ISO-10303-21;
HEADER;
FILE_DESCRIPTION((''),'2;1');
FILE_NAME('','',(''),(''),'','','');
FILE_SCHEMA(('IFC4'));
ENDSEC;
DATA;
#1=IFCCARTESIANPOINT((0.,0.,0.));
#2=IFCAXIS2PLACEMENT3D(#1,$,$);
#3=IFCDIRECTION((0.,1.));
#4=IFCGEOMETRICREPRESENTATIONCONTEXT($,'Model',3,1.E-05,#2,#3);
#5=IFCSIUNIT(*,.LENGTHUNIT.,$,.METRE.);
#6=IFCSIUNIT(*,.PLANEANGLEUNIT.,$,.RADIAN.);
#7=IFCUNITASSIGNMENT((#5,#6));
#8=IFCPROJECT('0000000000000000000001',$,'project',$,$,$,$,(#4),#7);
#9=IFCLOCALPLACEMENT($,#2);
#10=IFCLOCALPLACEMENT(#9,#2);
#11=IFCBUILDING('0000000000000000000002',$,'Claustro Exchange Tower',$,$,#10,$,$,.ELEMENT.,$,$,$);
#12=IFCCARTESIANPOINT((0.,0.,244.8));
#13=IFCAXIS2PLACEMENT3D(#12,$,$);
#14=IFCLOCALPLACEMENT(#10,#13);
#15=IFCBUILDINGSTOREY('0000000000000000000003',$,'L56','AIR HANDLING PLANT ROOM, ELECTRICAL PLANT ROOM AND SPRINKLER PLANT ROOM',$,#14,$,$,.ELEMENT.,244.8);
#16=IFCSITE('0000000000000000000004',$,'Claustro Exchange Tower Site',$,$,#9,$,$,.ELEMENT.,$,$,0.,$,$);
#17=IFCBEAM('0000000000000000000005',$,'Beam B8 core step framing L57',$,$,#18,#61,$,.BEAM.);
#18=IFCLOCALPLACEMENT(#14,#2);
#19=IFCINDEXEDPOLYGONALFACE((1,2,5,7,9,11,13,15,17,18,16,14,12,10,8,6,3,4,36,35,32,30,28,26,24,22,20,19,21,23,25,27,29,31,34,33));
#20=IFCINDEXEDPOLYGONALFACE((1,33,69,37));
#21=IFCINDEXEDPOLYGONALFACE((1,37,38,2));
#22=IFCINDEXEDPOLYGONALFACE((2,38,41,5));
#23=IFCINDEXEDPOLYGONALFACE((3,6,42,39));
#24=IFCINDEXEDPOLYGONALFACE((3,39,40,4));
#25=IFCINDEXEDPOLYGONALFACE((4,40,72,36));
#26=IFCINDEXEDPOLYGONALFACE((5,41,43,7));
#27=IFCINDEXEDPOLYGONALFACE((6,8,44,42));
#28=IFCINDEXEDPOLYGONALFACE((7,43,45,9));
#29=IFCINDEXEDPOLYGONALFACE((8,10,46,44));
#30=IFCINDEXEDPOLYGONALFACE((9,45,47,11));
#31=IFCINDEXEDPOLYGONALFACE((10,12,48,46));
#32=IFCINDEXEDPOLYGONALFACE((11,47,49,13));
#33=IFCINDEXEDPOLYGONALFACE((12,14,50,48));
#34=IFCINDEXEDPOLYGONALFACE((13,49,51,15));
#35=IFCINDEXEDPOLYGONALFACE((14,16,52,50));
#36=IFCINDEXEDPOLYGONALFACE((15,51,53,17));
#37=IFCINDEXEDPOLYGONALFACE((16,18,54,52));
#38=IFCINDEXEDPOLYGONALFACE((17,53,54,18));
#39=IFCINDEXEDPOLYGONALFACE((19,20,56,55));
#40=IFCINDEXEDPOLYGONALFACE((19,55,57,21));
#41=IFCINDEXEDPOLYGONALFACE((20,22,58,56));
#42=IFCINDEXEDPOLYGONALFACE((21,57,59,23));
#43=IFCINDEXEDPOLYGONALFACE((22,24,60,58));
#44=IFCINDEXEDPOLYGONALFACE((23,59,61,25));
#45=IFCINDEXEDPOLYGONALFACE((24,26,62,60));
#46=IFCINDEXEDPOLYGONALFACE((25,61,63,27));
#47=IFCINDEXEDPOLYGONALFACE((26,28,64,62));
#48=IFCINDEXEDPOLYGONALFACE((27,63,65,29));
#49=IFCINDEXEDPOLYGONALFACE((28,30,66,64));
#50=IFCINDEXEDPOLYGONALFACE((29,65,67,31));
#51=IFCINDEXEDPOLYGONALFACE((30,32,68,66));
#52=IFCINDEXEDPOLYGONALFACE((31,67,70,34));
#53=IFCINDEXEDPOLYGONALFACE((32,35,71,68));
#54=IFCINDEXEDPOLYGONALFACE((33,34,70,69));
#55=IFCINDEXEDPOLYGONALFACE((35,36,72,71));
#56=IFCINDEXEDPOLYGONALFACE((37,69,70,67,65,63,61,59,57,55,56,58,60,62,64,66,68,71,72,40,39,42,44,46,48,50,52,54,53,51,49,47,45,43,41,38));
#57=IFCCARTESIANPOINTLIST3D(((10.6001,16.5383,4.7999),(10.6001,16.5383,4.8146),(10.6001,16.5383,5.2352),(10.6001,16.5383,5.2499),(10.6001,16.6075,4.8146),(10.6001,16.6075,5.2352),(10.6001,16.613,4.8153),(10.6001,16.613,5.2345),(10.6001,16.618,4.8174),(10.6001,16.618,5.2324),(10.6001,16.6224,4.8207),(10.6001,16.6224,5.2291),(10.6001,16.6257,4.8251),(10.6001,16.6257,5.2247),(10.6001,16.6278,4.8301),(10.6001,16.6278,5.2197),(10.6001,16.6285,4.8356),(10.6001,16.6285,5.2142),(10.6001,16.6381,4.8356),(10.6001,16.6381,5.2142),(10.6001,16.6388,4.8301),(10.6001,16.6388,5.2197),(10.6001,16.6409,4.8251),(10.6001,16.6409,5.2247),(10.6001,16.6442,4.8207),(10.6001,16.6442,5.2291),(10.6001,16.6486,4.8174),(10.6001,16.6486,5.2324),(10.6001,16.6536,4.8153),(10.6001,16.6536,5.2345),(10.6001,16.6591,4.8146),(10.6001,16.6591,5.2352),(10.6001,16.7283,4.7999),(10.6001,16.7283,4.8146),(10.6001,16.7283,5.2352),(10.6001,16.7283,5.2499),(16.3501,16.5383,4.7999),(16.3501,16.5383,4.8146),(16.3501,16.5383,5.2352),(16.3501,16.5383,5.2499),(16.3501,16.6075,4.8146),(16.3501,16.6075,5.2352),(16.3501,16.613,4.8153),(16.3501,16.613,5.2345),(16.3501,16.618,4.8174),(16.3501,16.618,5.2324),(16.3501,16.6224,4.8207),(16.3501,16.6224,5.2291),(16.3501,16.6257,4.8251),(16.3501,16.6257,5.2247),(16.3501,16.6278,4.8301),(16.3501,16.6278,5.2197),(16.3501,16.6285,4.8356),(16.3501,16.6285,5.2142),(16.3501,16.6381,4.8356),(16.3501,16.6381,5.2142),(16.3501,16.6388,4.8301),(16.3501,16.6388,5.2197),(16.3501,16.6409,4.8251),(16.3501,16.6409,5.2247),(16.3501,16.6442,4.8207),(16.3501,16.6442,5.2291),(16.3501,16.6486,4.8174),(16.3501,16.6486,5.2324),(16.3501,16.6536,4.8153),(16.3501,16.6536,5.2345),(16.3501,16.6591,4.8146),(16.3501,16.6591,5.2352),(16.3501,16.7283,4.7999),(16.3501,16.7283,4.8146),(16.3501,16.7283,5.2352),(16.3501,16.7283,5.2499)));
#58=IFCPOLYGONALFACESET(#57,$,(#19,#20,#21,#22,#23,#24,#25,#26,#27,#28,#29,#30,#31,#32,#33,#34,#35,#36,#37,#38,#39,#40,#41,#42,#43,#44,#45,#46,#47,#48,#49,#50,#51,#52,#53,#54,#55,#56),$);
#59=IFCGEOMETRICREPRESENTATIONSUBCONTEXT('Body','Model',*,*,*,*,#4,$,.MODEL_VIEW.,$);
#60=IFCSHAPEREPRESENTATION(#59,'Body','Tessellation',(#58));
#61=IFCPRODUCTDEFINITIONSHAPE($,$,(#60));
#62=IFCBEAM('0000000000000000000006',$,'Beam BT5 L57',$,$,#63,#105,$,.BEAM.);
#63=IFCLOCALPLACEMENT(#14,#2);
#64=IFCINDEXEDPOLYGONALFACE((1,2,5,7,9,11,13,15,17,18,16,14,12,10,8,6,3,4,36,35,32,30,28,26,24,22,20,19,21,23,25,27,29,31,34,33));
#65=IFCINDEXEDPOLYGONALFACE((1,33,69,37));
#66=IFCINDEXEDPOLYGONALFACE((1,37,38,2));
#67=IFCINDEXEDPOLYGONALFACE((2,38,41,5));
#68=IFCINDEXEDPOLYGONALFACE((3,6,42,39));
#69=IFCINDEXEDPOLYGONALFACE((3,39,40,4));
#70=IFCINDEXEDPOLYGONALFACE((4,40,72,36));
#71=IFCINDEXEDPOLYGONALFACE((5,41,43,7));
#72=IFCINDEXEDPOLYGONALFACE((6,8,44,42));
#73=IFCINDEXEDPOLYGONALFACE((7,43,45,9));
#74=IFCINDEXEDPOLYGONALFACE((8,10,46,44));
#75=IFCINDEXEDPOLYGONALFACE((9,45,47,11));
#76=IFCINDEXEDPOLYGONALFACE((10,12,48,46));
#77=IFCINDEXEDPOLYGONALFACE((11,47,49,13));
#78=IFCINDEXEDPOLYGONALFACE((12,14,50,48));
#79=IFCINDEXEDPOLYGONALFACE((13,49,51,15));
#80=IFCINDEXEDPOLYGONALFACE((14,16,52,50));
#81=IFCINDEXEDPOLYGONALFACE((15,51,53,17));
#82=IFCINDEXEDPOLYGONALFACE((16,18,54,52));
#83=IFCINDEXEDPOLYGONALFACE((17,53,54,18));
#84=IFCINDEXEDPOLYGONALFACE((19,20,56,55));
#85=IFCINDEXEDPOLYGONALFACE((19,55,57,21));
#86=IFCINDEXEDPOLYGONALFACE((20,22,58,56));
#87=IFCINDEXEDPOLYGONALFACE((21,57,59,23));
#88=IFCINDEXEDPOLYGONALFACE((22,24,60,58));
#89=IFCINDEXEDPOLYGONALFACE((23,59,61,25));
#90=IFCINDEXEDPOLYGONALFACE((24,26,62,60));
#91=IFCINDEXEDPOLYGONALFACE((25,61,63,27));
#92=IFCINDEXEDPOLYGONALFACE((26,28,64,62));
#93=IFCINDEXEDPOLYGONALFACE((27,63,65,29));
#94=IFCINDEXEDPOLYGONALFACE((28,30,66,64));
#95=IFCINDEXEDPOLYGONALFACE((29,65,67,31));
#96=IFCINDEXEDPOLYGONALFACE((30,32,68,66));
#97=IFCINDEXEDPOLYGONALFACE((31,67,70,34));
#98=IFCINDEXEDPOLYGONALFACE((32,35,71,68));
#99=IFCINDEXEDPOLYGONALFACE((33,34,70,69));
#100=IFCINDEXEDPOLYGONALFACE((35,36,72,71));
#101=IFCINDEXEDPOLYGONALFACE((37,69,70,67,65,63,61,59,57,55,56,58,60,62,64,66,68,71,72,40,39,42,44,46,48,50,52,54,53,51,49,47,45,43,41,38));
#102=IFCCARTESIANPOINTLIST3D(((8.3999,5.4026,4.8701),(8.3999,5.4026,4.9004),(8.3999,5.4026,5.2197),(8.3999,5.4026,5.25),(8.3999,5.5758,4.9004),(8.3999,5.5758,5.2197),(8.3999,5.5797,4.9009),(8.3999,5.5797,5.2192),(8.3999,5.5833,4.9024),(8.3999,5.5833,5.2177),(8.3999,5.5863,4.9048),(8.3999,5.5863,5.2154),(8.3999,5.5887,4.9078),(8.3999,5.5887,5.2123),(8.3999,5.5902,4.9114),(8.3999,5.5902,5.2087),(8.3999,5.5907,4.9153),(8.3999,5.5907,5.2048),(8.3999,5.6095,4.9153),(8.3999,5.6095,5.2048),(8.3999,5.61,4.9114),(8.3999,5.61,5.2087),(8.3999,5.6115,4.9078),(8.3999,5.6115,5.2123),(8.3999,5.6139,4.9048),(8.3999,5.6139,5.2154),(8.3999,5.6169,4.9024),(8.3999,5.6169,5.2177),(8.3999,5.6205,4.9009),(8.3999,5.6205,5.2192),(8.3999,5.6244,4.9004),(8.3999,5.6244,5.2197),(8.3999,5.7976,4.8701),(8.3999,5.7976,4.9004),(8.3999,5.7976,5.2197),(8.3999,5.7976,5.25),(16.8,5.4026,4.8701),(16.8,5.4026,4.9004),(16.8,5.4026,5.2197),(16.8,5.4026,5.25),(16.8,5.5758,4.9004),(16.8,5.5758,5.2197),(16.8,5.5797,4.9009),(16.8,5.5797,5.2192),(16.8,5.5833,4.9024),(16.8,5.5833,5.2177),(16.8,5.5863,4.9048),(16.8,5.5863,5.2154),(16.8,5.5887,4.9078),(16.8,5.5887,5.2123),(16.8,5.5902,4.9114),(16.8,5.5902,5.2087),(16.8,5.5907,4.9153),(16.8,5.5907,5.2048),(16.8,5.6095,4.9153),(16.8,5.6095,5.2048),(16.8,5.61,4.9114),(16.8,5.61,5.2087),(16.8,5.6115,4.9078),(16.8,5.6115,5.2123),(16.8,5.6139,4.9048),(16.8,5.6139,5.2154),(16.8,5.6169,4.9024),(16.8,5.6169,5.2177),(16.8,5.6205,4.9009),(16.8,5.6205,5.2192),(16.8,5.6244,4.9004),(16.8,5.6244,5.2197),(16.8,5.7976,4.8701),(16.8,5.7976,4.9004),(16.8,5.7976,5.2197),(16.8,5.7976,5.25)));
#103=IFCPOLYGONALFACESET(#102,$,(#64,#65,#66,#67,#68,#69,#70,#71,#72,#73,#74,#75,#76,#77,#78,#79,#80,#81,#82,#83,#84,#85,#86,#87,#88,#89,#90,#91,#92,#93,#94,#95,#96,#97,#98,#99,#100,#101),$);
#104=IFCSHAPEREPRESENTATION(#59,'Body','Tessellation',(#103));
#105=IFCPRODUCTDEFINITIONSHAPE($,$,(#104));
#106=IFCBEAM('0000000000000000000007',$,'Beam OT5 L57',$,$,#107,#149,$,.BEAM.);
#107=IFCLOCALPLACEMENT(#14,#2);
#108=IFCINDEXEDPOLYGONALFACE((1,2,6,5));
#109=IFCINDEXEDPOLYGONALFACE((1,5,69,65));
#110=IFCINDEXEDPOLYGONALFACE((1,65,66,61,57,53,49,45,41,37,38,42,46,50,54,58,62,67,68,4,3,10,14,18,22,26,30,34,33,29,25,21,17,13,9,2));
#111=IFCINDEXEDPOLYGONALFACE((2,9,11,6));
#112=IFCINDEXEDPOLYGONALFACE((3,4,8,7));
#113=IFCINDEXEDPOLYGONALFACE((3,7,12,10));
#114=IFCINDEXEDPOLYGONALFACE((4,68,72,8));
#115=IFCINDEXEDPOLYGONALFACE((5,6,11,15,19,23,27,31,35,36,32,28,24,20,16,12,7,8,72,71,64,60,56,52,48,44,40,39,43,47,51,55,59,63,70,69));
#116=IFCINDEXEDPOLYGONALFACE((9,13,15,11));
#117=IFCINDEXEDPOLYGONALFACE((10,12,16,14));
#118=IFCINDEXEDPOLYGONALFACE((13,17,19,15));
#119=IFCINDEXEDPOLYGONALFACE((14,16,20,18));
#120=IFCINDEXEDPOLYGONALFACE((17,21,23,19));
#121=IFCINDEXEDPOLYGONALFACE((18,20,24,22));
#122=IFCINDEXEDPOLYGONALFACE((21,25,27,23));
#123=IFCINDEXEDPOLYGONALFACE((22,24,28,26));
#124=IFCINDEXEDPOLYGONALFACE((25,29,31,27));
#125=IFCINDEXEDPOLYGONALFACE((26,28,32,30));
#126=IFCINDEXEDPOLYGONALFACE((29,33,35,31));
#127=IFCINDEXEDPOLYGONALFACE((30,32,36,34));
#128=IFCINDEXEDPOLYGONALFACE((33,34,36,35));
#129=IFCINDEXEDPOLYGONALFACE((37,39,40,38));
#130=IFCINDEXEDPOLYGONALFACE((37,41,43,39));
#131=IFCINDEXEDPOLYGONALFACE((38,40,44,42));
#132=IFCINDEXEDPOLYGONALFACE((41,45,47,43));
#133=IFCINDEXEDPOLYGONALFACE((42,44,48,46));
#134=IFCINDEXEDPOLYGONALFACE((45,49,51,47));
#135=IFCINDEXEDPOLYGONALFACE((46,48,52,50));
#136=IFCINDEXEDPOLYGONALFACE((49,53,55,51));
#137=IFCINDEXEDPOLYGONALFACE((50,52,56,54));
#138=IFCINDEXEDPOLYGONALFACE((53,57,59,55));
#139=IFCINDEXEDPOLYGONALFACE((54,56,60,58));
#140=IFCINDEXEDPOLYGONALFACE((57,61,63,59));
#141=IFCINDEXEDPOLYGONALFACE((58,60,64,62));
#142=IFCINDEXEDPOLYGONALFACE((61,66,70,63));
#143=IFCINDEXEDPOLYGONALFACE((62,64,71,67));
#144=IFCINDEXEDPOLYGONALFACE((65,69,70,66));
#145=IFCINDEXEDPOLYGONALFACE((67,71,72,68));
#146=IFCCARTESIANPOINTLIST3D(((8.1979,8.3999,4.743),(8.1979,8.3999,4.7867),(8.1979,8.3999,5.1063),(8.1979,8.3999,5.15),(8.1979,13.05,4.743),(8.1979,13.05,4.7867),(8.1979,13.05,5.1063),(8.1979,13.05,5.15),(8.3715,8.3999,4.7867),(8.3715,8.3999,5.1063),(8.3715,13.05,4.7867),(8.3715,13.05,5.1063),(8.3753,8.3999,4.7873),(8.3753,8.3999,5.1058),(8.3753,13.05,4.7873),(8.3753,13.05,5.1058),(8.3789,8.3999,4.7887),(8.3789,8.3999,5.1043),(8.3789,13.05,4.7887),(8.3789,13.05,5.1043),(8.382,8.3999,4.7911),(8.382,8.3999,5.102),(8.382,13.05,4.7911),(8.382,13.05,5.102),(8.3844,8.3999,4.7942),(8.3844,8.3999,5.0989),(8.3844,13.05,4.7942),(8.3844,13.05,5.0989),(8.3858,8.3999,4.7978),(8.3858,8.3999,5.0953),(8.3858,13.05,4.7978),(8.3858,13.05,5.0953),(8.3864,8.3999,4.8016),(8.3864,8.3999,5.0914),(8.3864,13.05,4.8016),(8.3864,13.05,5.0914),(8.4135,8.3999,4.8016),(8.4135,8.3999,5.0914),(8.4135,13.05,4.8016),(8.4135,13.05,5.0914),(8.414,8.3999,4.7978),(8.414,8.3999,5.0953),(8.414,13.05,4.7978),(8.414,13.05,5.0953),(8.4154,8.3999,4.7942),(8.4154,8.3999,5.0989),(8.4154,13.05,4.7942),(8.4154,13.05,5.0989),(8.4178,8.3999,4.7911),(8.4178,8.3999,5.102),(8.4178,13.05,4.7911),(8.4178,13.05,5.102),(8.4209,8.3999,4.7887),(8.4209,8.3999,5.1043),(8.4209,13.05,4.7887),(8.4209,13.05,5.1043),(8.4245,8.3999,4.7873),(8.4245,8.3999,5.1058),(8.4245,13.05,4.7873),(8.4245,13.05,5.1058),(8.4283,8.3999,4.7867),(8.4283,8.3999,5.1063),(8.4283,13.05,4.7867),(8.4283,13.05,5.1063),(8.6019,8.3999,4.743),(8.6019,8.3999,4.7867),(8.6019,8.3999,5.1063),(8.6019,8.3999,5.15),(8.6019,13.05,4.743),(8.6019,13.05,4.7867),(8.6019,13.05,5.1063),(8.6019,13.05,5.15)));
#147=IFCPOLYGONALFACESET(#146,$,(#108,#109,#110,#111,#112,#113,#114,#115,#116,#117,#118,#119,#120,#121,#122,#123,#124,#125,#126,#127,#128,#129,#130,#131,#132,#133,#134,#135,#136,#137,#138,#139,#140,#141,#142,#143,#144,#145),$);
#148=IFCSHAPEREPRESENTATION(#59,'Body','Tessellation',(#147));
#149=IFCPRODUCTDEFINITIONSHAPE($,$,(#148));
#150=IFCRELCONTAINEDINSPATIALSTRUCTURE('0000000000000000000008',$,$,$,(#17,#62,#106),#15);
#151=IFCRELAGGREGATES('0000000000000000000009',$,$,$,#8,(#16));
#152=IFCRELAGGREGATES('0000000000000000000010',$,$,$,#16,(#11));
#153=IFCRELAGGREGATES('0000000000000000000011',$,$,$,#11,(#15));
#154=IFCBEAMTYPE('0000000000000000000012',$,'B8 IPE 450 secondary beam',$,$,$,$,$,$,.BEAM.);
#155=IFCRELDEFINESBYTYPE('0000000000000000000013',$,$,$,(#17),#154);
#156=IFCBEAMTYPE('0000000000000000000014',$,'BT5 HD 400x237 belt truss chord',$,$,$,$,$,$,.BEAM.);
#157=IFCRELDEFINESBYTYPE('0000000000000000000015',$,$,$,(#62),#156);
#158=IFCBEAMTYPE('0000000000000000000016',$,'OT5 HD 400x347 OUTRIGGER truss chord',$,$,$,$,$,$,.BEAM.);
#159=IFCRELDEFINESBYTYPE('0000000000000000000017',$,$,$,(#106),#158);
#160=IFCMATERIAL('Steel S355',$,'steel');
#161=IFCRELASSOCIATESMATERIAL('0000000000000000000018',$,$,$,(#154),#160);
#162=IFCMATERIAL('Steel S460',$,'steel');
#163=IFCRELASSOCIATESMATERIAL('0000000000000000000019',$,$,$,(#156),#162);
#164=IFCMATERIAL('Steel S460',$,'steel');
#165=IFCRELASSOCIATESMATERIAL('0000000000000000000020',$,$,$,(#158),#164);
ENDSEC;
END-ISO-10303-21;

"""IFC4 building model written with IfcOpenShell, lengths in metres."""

from ifc_helpers import new_model, si_unit, direction, frame, origin, origin_2d, place, context, subcontext, project, spatial, i_section, extrude, material, material_profile, profile_set, type_object, element, save


model = new_model("IFC4")

# Units and contexts
model_context = context("Model", 3, precision=1e-05, world=origin(), true_north=direction((0.0, 1.0)))
body_context = subcontext(model_context, "Body", "Model", "MODEL_VIEW")
ifc_project = project(units=[si_unit("LENGTHUNIT", "METRE"), si_unit("PLANEANGLEUNIT", "RADIAN")], contexts=[model_context])

# Site, building, storey
site_placement = place(None, origin())
site = spatial("IfcSite", under=ifc_project, at=site_placement, Name="Claustro Exchange Tower Site", CompositionType="ELEMENT", RefElevation=0.0)
building_placement = place(site_placement, origin())
building = spatial("IfcBuilding", under=site, at=building_placement, Name="Claustro Exchange Tower", CompositionType="ELEMENT")
storey_placement = place(building_placement, frame((0.0, 0.0, 244.8)))
storey = spatial("IfcBuildingStorey", under=building, at=storey_placement, Name="L56", Description="AIR HANDLING PLANT ROOM, ELECTRICAL PLANT ROOM AND SPRINKLER PLANT ROOM", CompositionType="ELEMENT", Elevation=244.8)

# Beams
ifc_material_1 = material(Name="Steel S355", Category="steel")
ifc_material_profile_1 = material_profile(ifc_material_1, i_section(OverallWidth=0.1899, OverallDepth=0.45, WebThickness=0.0095, FlangeThickness=0.0146, FilletRadius=0.021, at=origin_2d()), Name="IPE 450")
ifc_profile_set_1 = profile_set([ifc_material_profile_1], Name="Steel S355")
beam_type_1 = type_object("IfcBeamType", Name="B8 IPE 450 secondary beam", PredefinedType="BEAM", material=ifc_profile_set_1)
beam_1_placement = place(storey_placement, frame((10.6001, 16.6333, 5.0249), z_axis=(1.0, 0.0, 0.0), x_axis=(0.0, 1.0, 0.0)))
element("IfcBeam", 1, at=beam_1_placement, inside=storey, type_object=beam_type_1, Name="Beam B8 core step framing L57", PredefinedType="BEAM", context=body_context, shape_type="SweptSolid", body=[
    extrude(i_section(OverallWidth=0.1899, OverallDepth=0.45, WebThickness=0.0095, FlangeThickness=0.0146, FilletRadius=0.021, at=origin_2d()), origin(), (0.0, 0.0, 1.0), 5.75),
])
ifc_material_2 = material(Name="Steel S460", Category="steel")
ifc_material_profile_2 = material_profile(ifc_material_2, i_section(OverallWidth=0.395, OverallDepth=0.3799, WebThickness=0.0188, FlangeThickness=0.0303, FilletRadius=0.0149, at=origin_2d()), Name="HD 400x237")
ifc_profile_set_2 = profile_set([ifc_material_profile_2], Name="Steel S460")
beam_type_2 = type_object("IfcBeamType", Name="BT5 HD 400x237 belt truss chord", PredefinedType="BEAM", material=ifc_profile_set_2)
beam_2_placement = place(storey_placement, frame((8.3999, 5.6001, 5.0601), z_axis=(1.0, 0.0, 0.0), x_axis=(0.0, 1.0, 0.0)))
element("IfcBeam", 2, at=beam_2_placement, inside=storey, type_object=beam_type_2, Name="Beam BT5 L57", PredefinedType="BEAM", context=body_context, shape_type="SweptSolid", body=[
    extrude(i_section(OverallWidth=0.395, OverallDepth=0.3799, WebThickness=0.0188, FlangeThickness=0.0303, FilletRadius=0.0149, at=origin_2d()), origin(), (0.0, 0.0, 1.0), 8.4001),
])
ifc_material_3 = material(Name="Steel S460", Category="steel")
ifc_material_profile_3 = material_profile(ifc_material_3, i_section(OverallWidth=0.4041, OverallDepth=0.407, WebThickness=0.0271, FlangeThickness=0.0437, FilletRadius=0.0149, at=origin_2d()), Name="HD 400x347")
ifc_profile_set_3 = profile_set([ifc_material_profile_3], Name="Steel S460")
beam_type_3 = type_object("IfcBeamType", Name="OT5 HD 400x347 OUTRIGGER truss chord", PredefinedType="BEAM", material=ifc_profile_set_3)
beam_3_placement = place(storey_placement, frame((8.3999, 8.3999, 4.9465), z_axis=(0.0, 1.0, 0.0), x_axis=(-1.0, 0.0, 0.0)))
element("IfcBeam", 3, at=beam_3_placement, inside=storey, type_object=beam_type_3, Name="Beam OT5 L57", PredefinedType="BEAM", context=body_context, shape_type="SweptSolid", body=[
    extrude(i_section(OverallWidth=0.4041, OverallDepth=0.407, WebThickness=0.0271, FlangeThickness=0.0437, FilletRadius=0.0149, at=origin_2d()), origin(), (0.0, 0.0, 1.0), 4.6501),
])

save(model, "model.ifc")
